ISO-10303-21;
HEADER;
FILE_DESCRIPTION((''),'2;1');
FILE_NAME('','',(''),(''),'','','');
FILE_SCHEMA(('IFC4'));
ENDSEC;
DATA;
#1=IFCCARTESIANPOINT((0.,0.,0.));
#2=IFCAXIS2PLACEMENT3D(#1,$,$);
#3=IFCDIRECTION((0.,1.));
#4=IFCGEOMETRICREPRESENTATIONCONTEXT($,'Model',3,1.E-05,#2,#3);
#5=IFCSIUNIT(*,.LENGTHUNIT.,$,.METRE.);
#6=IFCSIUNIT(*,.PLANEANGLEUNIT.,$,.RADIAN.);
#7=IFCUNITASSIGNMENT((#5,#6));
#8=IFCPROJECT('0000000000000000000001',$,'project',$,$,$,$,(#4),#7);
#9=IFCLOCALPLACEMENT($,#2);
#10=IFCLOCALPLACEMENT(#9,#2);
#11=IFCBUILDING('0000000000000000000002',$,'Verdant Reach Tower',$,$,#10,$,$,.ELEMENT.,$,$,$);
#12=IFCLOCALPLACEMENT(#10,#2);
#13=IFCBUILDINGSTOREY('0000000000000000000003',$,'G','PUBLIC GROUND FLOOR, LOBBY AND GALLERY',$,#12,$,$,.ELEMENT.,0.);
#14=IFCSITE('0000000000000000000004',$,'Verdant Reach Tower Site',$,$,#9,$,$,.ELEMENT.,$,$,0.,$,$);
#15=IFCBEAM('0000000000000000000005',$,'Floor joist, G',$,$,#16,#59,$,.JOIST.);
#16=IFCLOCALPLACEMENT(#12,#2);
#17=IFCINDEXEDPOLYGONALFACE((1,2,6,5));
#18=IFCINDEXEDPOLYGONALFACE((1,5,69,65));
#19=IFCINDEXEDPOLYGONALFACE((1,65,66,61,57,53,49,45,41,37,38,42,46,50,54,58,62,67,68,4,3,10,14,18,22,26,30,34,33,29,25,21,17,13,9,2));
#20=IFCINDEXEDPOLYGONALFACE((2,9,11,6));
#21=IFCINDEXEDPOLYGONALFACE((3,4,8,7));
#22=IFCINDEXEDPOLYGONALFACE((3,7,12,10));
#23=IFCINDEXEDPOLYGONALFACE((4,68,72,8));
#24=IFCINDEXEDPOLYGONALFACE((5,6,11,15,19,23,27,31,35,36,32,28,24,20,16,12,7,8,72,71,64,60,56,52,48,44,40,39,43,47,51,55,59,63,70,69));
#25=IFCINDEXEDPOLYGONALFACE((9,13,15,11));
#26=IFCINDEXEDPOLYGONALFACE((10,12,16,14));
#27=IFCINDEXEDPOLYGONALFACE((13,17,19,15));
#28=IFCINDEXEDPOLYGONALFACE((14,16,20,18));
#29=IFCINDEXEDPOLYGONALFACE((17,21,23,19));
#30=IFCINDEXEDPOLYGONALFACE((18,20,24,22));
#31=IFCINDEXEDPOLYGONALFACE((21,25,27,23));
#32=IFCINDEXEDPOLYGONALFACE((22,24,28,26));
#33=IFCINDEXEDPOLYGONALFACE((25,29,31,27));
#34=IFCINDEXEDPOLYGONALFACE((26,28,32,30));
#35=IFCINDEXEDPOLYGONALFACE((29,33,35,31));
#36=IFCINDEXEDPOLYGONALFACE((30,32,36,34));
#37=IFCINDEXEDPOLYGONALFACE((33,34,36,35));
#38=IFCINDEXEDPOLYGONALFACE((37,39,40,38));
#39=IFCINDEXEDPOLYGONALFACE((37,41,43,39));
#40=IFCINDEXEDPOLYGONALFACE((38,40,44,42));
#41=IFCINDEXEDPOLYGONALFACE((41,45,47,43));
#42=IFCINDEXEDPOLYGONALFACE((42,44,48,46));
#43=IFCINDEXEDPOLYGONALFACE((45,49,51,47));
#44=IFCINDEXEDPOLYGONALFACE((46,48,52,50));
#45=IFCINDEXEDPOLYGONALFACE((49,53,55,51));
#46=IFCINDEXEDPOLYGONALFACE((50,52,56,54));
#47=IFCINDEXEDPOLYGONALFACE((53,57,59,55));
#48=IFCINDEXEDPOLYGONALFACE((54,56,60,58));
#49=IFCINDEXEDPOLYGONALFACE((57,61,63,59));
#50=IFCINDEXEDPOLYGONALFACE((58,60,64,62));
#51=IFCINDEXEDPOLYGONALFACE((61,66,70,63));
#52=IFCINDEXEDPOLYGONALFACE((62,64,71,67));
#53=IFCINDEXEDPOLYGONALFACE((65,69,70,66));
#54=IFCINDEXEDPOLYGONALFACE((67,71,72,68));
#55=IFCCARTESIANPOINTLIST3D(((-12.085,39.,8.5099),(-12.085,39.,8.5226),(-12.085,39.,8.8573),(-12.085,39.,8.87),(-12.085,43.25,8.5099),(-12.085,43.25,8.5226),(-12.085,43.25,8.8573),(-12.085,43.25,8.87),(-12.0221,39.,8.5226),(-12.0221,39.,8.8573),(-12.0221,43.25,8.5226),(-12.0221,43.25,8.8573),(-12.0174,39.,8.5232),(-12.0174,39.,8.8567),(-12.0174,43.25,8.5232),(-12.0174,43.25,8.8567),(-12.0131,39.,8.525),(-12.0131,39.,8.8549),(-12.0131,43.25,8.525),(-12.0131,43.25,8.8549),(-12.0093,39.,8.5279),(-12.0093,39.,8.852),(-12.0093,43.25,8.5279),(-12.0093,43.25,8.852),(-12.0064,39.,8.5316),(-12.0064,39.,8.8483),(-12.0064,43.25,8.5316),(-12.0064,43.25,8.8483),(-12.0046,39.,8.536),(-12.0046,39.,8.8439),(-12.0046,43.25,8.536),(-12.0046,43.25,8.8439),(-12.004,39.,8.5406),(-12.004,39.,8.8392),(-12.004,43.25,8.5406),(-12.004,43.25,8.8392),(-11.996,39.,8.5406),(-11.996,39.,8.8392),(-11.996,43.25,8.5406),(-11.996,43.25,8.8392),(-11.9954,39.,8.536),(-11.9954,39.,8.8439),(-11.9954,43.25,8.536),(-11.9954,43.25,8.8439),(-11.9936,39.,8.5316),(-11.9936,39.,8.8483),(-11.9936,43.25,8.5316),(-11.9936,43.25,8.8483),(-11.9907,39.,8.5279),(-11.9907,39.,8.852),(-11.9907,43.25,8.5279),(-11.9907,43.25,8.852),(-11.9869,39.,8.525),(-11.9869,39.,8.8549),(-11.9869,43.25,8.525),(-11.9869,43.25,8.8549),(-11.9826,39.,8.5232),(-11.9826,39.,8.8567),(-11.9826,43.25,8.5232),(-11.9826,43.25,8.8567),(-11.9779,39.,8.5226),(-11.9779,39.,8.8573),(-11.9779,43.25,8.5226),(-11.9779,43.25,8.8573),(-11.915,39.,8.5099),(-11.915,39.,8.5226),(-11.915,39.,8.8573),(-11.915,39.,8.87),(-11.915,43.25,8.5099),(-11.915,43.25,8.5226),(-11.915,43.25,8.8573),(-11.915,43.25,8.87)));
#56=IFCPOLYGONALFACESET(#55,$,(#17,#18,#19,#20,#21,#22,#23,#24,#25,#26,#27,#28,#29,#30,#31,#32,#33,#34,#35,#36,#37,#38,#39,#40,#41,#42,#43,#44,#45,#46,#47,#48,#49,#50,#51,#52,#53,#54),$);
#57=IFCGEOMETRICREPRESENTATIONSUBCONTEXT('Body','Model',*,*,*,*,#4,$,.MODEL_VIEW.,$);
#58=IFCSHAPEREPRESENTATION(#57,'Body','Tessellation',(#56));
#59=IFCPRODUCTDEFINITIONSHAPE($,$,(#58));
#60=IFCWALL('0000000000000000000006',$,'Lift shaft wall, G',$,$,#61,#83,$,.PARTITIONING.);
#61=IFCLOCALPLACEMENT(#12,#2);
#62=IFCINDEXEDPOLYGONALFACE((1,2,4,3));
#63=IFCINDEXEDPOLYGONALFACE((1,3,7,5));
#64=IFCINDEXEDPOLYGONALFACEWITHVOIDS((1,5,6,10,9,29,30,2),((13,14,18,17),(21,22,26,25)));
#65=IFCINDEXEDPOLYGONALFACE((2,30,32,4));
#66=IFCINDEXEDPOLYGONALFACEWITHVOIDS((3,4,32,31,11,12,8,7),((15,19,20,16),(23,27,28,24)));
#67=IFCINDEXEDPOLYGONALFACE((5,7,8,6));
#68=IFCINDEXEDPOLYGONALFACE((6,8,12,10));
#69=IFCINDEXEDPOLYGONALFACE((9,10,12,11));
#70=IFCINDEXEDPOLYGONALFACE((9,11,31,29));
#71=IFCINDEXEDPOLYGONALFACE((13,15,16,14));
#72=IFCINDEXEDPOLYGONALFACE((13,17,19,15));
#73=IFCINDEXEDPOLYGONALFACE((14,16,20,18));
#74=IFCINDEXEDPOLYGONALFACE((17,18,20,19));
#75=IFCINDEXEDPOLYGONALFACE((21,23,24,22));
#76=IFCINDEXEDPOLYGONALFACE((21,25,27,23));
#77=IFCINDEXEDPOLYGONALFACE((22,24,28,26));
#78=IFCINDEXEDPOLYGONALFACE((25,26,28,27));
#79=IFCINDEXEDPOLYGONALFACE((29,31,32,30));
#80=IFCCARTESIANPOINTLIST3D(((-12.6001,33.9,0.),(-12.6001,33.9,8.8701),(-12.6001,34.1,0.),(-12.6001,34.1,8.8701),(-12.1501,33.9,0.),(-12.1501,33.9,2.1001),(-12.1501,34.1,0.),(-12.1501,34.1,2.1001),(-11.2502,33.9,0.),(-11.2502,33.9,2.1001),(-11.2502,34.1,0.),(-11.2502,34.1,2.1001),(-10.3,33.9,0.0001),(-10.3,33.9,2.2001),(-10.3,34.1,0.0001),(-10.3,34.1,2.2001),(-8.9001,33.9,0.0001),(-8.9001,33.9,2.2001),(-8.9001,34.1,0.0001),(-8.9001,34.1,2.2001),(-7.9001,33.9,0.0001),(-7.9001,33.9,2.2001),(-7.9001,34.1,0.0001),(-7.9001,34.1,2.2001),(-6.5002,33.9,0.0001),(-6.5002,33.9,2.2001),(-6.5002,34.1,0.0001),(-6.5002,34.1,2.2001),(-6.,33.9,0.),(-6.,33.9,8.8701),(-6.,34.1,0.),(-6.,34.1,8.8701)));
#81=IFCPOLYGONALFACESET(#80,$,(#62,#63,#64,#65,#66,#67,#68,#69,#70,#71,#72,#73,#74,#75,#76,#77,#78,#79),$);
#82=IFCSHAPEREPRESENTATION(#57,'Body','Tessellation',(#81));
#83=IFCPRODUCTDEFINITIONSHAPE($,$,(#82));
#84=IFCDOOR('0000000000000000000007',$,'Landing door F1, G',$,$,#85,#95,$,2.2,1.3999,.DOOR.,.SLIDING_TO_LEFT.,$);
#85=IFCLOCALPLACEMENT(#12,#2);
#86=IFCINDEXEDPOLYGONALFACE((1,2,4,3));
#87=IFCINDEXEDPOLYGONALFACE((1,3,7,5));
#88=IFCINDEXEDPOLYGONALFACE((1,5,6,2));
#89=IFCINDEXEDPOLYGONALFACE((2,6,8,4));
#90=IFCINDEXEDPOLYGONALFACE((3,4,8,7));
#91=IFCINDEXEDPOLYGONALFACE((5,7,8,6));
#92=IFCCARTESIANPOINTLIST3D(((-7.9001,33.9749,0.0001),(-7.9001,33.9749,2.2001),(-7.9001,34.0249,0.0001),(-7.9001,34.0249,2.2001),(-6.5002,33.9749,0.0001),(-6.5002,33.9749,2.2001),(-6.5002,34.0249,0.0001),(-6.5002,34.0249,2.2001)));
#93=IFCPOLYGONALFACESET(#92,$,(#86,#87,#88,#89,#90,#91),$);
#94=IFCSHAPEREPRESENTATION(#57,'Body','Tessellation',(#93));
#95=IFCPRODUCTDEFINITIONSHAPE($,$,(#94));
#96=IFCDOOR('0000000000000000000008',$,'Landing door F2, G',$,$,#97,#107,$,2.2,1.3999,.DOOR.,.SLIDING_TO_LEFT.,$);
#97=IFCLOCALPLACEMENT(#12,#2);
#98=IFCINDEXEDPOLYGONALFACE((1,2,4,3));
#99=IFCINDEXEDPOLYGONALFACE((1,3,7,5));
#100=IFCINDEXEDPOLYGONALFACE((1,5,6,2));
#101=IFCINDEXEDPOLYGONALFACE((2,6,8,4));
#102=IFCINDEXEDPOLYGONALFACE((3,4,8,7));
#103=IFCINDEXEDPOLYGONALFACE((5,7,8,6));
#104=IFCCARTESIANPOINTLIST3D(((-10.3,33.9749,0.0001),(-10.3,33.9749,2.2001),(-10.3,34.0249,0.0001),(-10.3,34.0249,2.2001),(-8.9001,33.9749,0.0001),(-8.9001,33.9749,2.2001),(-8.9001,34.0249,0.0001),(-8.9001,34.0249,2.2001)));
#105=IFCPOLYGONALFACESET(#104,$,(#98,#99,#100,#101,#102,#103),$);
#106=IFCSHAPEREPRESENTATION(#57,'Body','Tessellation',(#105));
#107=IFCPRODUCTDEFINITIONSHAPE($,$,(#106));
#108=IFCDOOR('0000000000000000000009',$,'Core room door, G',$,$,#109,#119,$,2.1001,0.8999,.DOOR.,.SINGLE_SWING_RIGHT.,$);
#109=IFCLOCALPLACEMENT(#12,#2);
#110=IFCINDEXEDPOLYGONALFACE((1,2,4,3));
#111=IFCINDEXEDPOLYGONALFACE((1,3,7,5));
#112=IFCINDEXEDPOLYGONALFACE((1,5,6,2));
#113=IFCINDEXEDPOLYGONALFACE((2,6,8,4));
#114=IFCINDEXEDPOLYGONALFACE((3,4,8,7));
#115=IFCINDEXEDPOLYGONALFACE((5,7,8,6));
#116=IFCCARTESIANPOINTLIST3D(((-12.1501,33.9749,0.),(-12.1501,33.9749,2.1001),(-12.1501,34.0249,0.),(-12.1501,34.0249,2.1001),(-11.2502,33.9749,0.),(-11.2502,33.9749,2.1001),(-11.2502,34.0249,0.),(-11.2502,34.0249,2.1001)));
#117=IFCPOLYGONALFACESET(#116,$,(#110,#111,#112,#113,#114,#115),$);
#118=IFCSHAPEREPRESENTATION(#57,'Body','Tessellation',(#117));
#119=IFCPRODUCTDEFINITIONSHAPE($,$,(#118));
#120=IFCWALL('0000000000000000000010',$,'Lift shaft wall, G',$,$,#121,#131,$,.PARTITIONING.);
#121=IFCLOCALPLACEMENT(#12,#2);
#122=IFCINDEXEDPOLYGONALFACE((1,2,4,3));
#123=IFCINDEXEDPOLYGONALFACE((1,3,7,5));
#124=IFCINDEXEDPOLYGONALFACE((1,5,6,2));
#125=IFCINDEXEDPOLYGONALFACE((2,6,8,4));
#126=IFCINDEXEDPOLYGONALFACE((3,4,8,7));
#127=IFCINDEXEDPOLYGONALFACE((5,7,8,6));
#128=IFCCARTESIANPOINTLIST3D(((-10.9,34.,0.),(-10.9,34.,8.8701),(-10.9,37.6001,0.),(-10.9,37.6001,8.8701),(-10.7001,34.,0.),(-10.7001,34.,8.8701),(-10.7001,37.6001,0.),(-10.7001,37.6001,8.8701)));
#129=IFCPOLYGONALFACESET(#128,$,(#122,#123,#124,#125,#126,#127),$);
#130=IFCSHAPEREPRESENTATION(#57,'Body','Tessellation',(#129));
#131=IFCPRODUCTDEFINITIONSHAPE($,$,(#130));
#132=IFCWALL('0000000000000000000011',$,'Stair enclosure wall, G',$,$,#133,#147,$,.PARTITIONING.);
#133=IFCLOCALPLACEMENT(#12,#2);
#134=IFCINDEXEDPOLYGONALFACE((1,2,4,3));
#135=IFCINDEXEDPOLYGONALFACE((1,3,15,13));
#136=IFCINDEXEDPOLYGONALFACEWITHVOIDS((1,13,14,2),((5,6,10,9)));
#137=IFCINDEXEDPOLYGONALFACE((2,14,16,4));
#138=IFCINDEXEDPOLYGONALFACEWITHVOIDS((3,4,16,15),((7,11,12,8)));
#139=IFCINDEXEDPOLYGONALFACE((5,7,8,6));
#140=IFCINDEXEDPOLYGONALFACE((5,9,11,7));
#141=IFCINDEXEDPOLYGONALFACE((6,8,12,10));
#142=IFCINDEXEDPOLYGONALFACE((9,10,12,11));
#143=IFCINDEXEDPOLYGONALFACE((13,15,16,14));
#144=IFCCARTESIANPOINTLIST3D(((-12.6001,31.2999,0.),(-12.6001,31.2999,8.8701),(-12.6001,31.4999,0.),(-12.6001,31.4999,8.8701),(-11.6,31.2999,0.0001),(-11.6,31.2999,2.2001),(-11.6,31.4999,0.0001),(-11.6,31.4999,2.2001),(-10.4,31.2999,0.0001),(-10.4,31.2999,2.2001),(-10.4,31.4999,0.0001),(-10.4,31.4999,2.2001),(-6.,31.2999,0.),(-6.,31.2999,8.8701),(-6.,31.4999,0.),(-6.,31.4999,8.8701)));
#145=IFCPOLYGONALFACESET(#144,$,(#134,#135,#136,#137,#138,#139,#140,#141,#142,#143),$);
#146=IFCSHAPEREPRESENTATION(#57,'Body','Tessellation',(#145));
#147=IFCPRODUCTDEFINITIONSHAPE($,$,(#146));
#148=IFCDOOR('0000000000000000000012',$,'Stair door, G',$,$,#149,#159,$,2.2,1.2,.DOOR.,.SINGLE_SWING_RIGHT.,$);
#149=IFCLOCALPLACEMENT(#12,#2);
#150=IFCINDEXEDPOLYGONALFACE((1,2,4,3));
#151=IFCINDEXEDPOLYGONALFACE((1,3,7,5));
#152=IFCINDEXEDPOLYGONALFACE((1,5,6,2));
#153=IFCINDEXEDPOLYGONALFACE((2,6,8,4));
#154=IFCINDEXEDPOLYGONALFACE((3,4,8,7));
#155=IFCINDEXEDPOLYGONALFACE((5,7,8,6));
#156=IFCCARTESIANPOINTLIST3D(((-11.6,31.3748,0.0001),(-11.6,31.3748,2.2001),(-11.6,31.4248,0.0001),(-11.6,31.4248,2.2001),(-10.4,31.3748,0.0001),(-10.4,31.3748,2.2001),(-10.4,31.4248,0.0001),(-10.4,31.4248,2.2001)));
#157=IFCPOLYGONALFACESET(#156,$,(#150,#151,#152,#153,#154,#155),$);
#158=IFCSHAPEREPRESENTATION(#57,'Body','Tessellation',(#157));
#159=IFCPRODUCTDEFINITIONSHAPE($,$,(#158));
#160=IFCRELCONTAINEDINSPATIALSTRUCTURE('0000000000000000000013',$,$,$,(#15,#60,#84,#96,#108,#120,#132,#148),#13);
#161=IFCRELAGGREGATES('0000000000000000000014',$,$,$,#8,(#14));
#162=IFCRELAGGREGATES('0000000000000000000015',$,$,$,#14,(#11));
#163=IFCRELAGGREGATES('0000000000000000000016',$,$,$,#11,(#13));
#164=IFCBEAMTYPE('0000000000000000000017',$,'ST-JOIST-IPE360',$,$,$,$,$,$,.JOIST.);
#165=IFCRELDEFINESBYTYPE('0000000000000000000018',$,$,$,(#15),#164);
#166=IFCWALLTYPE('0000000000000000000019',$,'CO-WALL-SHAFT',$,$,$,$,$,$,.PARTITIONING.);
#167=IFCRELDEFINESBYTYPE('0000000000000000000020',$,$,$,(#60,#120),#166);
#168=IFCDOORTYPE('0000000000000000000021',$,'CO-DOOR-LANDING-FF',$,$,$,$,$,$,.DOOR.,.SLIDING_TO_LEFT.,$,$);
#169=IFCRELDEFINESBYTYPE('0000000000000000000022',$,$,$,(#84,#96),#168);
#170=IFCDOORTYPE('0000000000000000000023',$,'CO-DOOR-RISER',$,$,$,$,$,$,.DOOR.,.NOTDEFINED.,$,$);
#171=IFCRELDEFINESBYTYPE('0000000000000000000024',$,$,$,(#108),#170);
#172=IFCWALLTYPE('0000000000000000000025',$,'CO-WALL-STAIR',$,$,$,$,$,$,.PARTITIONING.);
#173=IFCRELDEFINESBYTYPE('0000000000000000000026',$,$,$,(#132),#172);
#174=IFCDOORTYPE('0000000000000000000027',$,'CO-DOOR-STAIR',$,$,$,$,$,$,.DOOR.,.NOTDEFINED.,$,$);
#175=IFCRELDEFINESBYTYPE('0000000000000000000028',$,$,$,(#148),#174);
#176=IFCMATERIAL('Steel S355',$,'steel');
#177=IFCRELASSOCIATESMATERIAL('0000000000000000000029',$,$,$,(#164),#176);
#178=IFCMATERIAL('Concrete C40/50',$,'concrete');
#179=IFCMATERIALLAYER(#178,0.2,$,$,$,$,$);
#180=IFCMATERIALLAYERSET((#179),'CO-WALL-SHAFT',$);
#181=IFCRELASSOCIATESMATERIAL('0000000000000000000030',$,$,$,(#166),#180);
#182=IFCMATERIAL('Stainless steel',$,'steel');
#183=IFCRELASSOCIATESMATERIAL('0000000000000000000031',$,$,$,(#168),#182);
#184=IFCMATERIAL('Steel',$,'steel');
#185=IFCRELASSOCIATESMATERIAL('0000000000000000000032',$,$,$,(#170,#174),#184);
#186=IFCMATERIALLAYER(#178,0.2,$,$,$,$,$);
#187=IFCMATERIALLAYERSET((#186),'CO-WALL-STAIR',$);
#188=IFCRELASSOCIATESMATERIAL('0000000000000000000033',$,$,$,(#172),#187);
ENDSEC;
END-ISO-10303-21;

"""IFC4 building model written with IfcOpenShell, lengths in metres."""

from ifc_helpers import new_model, si_unit, direction, frame, frame_2d, origin, origin_2d, place, context, subcontext, project, spatial, rectangle, i_section, extrude, material, layer, layer_set, material_profile, profile_set, type_object, element, fill, save


model = new_model("IFC4")

# Units and contexts
model_context = context("Model", 3, precision=1e-05, world=origin(), true_north=direction((0.0, 1.0)))
body_context = subcontext(model_context, "Body", "Model", "MODEL_VIEW")
ifc_project = project(units=[si_unit("LENGTHUNIT", "METRE"), si_unit("PLANEANGLEUNIT", "RADIAN")], contexts=[model_context])

# Site, building, storey
site_placement = place(None, origin())
site = spatial("IfcSite", under=ifc_project, at=site_placement, Name="Verdant Reach Tower Site", CompositionType="ELEMENT", RefElevation=0.0)
building_placement = place(site_placement, origin())
building = spatial("IfcBuilding", under=site, at=building_placement, Name="Verdant Reach Tower", CompositionType="ELEMENT")
storey_placement = place(building_placement, origin())
storey = spatial("IfcBuildingStorey", under=building, at=storey_placement, Name="G", Description="PUBLIC GROUND FLOOR, LOBBY AND GALLERY", CompositionType="ELEMENT", Elevation=0.0)

# Beam
ifc_material_1 = material(Name="Steel S355", Category="steel")
ifc_material_profile = material_profile(ifc_material_1, i_section(OverallWidth=0.1699, OverallDepth=0.3601, WebThickness=0.0081, FlangeThickness=0.0127, FilletRadius=0.0181, at=origin_2d()), Name="IPE 360")
ifc_profile_set = profile_set([ifc_material_profile], Name="Steel S355")
beam_type = type_object("IfcBeamType", Name="ST-JOIST-IPE360", PredefinedType="JOIST", material=ifc_profile_set)
beam_placement = place(storey_placement, frame((-12.0, 39.0, 8.6899), z_axis=(0.0, 1.0, 0.0), x_axis=(-1.0, 0.0, 0.0)))
element("IfcBeam", 1, at=beam_placement, inside=storey, type_object=beam_type, Name="Floor joist, G", PredefinedType="JOIST", context=body_context, shape_type="SweptSolid", body=[
    extrude(i_section(OverallWidth=0.1699, OverallDepth=0.3601, WebThickness=0.0081, FlangeThickness=0.0127, FilletRadius=0.0181, at=origin_2d()), origin(), (0.0, 0.0, 1.0), 4.25),
])

# Wall, openings, doors
ifc_material_2 = material(Name="Concrete C40/50", Category="concrete")
ifc_layer_1 = layer(ifc_material_2, 0.2)
ifc_layer_set_1 = layer_set([ifc_layer_1], Name="CO-WALL-SHAFT")
wall_type_1 = type_object("IfcWallType", Name="CO-WALL-SHAFT", PredefinedType="PARTITIONING", material=ifc_layer_set_1)
wall_1_placement = place(storey_placement, frame((-12.6001, 34.0, 0.0), z_axis=(0.0, 0.0, 1.0), x_axis=(1.0, 0.0, 0.0)))
wall_1 = element("IfcWall", 2, at=wall_1_placement, inside=storey, type_object=wall_type_1, Name="Lift shaft wall, G", PredefinedType="PARTITIONING", context=body_context, shape_type="SweptSolid", body=[
    extrude(rectangle(XDim=6.6001, YDim=0.2, at=frame_2d((3.3, 0.0))), origin(), (0.0, 0.0, 1.0), 8.8701),
])
opening_1_placement = place(wall_1_placement, frame((4.7, 0.0, 0.0)))
opening_1 = element("IfcOpeningElement", 3, at=opening_1_placement, cuts=wall_1, PredefinedType="OPENING", context=body_context, shape_type="SweptSolid", body=[
    extrude(rectangle(XDim=1.3999, YDim=2.2, at=frame_2d((0.7, 1.1001))), frame((0.0, 0.1099, 0.0), z_axis=(0.0, -1.0, 0.0), x_axis=(1.0, 0.0, 0.0)), (0.0, 0.0, 1.0), 0.22),
])
opening_2_placement = place(wall_1_placement, frame((2.3, 0.0, 0.0)))
opening_2 = element("IfcOpeningElement", 4, at=opening_2_placement, cuts=wall_1, PredefinedType="OPENING", context=body_context, shape_type="SweptSolid", body=[
    extrude(rectangle(XDim=1.3999, YDim=2.2, at=frame_2d((0.7, 1.1001))), frame((0.0, 0.1099, 0.0), z_axis=(0.0, -1.0, 0.0), x_axis=(1.0, 0.0, 0.0)), (0.0, 0.0, 1.0), 0.22),
])
opening_3_placement = place(wall_1_placement, frame((0.45, 0.0, 0.0)))
opening_3 = element("IfcOpeningElement", 5, at=opening_3_placement, cuts=wall_1, PredefinedType="OPENING", context=body_context, shape_type="SweptSolid", body=[
    extrude(rectangle(XDim=0.8999, YDim=2.1001, at=frame_2d((0.45, 1.05))), frame((0.0, 0.1099, 0.0), z_axis=(0.0, -1.0, 0.0), x_axis=(1.0, 0.0, 0.0)), (0.0, 0.0, 1.0), 0.22),
])
ifc_material_3 = material(Name="Stainless steel", Category="steel")
door_type_1 = type_object("IfcDoorType", Name="CO-DOOR-LANDING-FF", OperationType="SLIDING_TO_LEFT", PredefinedType="DOOR", material=ifc_material_3)
door_1_placement = place(opening_1_placement, origin())
door_1 = element("IfcDoor", 6, at=door_1_placement, inside=storey, type_object=door_type_1, Name="Landing door F1, G", OperationType="SLIDING_TO_LEFT", OverallHeight=2.2, OverallWidth=1.3999, PredefinedType="DOOR", context=body_context, shape_type="SweptSolid", body=[
    extrude(rectangle(XDim=1.3999, YDim=2.2, at=frame_2d((0.7, 1.1001))), frame((0.0, 0.0249, 0.0), z_axis=(0.0, -1.0, 0.0), x_axis=(1.0, 0.0, 0.0)), (0.0, 0.0, 1.0), 0.05),
])
fill(opening_1, door_1)
door_2_placement = place(opening_2_placement, origin())
door_2 = element("IfcDoor", 7, at=door_2_placement, inside=storey, type_object=door_type_1, Name="Landing door F2, G", OperationType="SLIDING_TO_LEFT", OverallHeight=2.2, OverallWidth=1.3999, PredefinedType="DOOR", context=body_context, shape_type="SweptSolid", body=[
    extrude(rectangle(XDim=1.3999, YDim=2.2, at=frame_2d((0.7, 1.1001))), frame((0.0, 0.0249, 0.0), z_axis=(0.0, -1.0, 0.0), x_axis=(1.0, 0.0, 0.0)), (0.0, 0.0, 1.0), 0.05),
])
fill(opening_2, door_2)
ifc_material_4 = material(Name="Steel", Category="steel")
door_type_2 = type_object("IfcDoorType", Name="CO-DOOR-RISER", OperationType="NOTDEFINED", PredefinedType="DOOR", material=ifc_material_4)
door_3_placement = place(opening_3_placement, origin())
door_3 = element("IfcDoor", 8, at=door_3_placement, inside=storey, type_object=door_type_2, Name="Core room door, G", OperationType="SINGLE_SWING_RIGHT", OverallHeight=2.1001, OverallWidth=0.8999, PredefinedType="DOOR", context=body_context, shape_type="SweptSolid", body=[
    extrude(rectangle(XDim=0.8999, YDim=2.1001, at=frame_2d((0.45, 1.05))), frame((0.0, 0.0249, 0.0), z_axis=(0.0, -1.0, 0.0), x_axis=(1.0, 0.0, 0.0)), (0.0, 0.0, 1.0), 0.05),
])
fill(opening_3, door_3)

# Wall
wall_2_placement = place(storey_placement, frame((-10.8, 34.0, 0.0), z_axis=(0.0, 0.0, 1.0), x_axis=(0.0, 1.0, 0.0)))
element("IfcWall", 9, at=wall_2_placement, inside=storey, type_object=wall_type_1, Name="Lift shaft wall, G", PredefinedType="PARTITIONING", context=body_context, shape_type="SweptSolid", body=[
    extrude(rectangle(XDim=3.6001, YDim=0.2, at=frame_2d((1.8, 0.0))), origin(), (0.0, 0.0, 1.0), 8.8701),
])

# Wall, opening, door
ifc_layer_2 = layer(ifc_material_2, 0.2)
ifc_layer_set_2 = layer_set([ifc_layer_2], Name="CO-WALL-STAIR")
wall_type_2 = type_object("IfcWallType", Name="CO-WALL-STAIR", PredefinedType="PARTITIONING", material=ifc_layer_set_2)
wall_3_placement = place(storey_placement, frame((-12.6001, 31.3999, 0.0), z_axis=(0.0, 0.0, 1.0), x_axis=(1.0, 0.0, 0.0)))
wall_3 = element("IfcWall", 10, at=wall_3_placement, inside=storey, type_object=wall_type_2, Name="Stair enclosure wall, G", PredefinedType="PARTITIONING", context=body_context, shape_type="SweptSolid", body=[
    extrude(rectangle(XDim=6.6001, YDim=0.2, at=frame_2d((3.3, 0.0))), origin(), (0.0, 0.0, 1.0), 8.8701),
])
opening_4_placement = place(wall_3_placement, frame((1.0, 0.0, 0.0)))
opening_4 = element("IfcOpeningElement", 11, at=opening_4_placement, cuts=wall_3, PredefinedType="OPENING", context=body_context, shape_type="SweptSolid", body=[
    extrude(rectangle(XDim=1.2, YDim=2.2, at=frame_2d((0.6001, 1.1001))), frame((0.0, 0.1099, 0.0), z_axis=(0.0, -1.0, 0.0), x_axis=(1.0, 0.0, 0.0)), (0.0, 0.0, 1.0), 0.22),
])
door_type_3 = type_object("IfcDoorType", Name="CO-DOOR-STAIR", OperationType="NOTDEFINED", PredefinedType="DOOR", material=ifc_material_4)
door_4_placement = place(opening_4_placement, origin())
door_4 = element("IfcDoor", 12, at=door_4_placement, inside=storey, type_object=door_type_3, Name="Stair door, G", OperationType="SINGLE_SWING_RIGHT", OverallHeight=2.2, OverallWidth=1.2, PredefinedType="DOOR", context=body_context, shape_type="SweptSolid", body=[
    extrude(rectangle(XDim=1.2, YDim=2.2, at=frame_2d((0.6001, 1.1001))), frame((0.0, 0.0249, 0.0), z_axis=(0.0, -1.0, 0.0), x_axis=(1.0, 0.0, 0.0)), (0.0, 0.0, 1.0), 0.05),
])
fill(opening_4, door_4)

save(model, "model.ifc")
